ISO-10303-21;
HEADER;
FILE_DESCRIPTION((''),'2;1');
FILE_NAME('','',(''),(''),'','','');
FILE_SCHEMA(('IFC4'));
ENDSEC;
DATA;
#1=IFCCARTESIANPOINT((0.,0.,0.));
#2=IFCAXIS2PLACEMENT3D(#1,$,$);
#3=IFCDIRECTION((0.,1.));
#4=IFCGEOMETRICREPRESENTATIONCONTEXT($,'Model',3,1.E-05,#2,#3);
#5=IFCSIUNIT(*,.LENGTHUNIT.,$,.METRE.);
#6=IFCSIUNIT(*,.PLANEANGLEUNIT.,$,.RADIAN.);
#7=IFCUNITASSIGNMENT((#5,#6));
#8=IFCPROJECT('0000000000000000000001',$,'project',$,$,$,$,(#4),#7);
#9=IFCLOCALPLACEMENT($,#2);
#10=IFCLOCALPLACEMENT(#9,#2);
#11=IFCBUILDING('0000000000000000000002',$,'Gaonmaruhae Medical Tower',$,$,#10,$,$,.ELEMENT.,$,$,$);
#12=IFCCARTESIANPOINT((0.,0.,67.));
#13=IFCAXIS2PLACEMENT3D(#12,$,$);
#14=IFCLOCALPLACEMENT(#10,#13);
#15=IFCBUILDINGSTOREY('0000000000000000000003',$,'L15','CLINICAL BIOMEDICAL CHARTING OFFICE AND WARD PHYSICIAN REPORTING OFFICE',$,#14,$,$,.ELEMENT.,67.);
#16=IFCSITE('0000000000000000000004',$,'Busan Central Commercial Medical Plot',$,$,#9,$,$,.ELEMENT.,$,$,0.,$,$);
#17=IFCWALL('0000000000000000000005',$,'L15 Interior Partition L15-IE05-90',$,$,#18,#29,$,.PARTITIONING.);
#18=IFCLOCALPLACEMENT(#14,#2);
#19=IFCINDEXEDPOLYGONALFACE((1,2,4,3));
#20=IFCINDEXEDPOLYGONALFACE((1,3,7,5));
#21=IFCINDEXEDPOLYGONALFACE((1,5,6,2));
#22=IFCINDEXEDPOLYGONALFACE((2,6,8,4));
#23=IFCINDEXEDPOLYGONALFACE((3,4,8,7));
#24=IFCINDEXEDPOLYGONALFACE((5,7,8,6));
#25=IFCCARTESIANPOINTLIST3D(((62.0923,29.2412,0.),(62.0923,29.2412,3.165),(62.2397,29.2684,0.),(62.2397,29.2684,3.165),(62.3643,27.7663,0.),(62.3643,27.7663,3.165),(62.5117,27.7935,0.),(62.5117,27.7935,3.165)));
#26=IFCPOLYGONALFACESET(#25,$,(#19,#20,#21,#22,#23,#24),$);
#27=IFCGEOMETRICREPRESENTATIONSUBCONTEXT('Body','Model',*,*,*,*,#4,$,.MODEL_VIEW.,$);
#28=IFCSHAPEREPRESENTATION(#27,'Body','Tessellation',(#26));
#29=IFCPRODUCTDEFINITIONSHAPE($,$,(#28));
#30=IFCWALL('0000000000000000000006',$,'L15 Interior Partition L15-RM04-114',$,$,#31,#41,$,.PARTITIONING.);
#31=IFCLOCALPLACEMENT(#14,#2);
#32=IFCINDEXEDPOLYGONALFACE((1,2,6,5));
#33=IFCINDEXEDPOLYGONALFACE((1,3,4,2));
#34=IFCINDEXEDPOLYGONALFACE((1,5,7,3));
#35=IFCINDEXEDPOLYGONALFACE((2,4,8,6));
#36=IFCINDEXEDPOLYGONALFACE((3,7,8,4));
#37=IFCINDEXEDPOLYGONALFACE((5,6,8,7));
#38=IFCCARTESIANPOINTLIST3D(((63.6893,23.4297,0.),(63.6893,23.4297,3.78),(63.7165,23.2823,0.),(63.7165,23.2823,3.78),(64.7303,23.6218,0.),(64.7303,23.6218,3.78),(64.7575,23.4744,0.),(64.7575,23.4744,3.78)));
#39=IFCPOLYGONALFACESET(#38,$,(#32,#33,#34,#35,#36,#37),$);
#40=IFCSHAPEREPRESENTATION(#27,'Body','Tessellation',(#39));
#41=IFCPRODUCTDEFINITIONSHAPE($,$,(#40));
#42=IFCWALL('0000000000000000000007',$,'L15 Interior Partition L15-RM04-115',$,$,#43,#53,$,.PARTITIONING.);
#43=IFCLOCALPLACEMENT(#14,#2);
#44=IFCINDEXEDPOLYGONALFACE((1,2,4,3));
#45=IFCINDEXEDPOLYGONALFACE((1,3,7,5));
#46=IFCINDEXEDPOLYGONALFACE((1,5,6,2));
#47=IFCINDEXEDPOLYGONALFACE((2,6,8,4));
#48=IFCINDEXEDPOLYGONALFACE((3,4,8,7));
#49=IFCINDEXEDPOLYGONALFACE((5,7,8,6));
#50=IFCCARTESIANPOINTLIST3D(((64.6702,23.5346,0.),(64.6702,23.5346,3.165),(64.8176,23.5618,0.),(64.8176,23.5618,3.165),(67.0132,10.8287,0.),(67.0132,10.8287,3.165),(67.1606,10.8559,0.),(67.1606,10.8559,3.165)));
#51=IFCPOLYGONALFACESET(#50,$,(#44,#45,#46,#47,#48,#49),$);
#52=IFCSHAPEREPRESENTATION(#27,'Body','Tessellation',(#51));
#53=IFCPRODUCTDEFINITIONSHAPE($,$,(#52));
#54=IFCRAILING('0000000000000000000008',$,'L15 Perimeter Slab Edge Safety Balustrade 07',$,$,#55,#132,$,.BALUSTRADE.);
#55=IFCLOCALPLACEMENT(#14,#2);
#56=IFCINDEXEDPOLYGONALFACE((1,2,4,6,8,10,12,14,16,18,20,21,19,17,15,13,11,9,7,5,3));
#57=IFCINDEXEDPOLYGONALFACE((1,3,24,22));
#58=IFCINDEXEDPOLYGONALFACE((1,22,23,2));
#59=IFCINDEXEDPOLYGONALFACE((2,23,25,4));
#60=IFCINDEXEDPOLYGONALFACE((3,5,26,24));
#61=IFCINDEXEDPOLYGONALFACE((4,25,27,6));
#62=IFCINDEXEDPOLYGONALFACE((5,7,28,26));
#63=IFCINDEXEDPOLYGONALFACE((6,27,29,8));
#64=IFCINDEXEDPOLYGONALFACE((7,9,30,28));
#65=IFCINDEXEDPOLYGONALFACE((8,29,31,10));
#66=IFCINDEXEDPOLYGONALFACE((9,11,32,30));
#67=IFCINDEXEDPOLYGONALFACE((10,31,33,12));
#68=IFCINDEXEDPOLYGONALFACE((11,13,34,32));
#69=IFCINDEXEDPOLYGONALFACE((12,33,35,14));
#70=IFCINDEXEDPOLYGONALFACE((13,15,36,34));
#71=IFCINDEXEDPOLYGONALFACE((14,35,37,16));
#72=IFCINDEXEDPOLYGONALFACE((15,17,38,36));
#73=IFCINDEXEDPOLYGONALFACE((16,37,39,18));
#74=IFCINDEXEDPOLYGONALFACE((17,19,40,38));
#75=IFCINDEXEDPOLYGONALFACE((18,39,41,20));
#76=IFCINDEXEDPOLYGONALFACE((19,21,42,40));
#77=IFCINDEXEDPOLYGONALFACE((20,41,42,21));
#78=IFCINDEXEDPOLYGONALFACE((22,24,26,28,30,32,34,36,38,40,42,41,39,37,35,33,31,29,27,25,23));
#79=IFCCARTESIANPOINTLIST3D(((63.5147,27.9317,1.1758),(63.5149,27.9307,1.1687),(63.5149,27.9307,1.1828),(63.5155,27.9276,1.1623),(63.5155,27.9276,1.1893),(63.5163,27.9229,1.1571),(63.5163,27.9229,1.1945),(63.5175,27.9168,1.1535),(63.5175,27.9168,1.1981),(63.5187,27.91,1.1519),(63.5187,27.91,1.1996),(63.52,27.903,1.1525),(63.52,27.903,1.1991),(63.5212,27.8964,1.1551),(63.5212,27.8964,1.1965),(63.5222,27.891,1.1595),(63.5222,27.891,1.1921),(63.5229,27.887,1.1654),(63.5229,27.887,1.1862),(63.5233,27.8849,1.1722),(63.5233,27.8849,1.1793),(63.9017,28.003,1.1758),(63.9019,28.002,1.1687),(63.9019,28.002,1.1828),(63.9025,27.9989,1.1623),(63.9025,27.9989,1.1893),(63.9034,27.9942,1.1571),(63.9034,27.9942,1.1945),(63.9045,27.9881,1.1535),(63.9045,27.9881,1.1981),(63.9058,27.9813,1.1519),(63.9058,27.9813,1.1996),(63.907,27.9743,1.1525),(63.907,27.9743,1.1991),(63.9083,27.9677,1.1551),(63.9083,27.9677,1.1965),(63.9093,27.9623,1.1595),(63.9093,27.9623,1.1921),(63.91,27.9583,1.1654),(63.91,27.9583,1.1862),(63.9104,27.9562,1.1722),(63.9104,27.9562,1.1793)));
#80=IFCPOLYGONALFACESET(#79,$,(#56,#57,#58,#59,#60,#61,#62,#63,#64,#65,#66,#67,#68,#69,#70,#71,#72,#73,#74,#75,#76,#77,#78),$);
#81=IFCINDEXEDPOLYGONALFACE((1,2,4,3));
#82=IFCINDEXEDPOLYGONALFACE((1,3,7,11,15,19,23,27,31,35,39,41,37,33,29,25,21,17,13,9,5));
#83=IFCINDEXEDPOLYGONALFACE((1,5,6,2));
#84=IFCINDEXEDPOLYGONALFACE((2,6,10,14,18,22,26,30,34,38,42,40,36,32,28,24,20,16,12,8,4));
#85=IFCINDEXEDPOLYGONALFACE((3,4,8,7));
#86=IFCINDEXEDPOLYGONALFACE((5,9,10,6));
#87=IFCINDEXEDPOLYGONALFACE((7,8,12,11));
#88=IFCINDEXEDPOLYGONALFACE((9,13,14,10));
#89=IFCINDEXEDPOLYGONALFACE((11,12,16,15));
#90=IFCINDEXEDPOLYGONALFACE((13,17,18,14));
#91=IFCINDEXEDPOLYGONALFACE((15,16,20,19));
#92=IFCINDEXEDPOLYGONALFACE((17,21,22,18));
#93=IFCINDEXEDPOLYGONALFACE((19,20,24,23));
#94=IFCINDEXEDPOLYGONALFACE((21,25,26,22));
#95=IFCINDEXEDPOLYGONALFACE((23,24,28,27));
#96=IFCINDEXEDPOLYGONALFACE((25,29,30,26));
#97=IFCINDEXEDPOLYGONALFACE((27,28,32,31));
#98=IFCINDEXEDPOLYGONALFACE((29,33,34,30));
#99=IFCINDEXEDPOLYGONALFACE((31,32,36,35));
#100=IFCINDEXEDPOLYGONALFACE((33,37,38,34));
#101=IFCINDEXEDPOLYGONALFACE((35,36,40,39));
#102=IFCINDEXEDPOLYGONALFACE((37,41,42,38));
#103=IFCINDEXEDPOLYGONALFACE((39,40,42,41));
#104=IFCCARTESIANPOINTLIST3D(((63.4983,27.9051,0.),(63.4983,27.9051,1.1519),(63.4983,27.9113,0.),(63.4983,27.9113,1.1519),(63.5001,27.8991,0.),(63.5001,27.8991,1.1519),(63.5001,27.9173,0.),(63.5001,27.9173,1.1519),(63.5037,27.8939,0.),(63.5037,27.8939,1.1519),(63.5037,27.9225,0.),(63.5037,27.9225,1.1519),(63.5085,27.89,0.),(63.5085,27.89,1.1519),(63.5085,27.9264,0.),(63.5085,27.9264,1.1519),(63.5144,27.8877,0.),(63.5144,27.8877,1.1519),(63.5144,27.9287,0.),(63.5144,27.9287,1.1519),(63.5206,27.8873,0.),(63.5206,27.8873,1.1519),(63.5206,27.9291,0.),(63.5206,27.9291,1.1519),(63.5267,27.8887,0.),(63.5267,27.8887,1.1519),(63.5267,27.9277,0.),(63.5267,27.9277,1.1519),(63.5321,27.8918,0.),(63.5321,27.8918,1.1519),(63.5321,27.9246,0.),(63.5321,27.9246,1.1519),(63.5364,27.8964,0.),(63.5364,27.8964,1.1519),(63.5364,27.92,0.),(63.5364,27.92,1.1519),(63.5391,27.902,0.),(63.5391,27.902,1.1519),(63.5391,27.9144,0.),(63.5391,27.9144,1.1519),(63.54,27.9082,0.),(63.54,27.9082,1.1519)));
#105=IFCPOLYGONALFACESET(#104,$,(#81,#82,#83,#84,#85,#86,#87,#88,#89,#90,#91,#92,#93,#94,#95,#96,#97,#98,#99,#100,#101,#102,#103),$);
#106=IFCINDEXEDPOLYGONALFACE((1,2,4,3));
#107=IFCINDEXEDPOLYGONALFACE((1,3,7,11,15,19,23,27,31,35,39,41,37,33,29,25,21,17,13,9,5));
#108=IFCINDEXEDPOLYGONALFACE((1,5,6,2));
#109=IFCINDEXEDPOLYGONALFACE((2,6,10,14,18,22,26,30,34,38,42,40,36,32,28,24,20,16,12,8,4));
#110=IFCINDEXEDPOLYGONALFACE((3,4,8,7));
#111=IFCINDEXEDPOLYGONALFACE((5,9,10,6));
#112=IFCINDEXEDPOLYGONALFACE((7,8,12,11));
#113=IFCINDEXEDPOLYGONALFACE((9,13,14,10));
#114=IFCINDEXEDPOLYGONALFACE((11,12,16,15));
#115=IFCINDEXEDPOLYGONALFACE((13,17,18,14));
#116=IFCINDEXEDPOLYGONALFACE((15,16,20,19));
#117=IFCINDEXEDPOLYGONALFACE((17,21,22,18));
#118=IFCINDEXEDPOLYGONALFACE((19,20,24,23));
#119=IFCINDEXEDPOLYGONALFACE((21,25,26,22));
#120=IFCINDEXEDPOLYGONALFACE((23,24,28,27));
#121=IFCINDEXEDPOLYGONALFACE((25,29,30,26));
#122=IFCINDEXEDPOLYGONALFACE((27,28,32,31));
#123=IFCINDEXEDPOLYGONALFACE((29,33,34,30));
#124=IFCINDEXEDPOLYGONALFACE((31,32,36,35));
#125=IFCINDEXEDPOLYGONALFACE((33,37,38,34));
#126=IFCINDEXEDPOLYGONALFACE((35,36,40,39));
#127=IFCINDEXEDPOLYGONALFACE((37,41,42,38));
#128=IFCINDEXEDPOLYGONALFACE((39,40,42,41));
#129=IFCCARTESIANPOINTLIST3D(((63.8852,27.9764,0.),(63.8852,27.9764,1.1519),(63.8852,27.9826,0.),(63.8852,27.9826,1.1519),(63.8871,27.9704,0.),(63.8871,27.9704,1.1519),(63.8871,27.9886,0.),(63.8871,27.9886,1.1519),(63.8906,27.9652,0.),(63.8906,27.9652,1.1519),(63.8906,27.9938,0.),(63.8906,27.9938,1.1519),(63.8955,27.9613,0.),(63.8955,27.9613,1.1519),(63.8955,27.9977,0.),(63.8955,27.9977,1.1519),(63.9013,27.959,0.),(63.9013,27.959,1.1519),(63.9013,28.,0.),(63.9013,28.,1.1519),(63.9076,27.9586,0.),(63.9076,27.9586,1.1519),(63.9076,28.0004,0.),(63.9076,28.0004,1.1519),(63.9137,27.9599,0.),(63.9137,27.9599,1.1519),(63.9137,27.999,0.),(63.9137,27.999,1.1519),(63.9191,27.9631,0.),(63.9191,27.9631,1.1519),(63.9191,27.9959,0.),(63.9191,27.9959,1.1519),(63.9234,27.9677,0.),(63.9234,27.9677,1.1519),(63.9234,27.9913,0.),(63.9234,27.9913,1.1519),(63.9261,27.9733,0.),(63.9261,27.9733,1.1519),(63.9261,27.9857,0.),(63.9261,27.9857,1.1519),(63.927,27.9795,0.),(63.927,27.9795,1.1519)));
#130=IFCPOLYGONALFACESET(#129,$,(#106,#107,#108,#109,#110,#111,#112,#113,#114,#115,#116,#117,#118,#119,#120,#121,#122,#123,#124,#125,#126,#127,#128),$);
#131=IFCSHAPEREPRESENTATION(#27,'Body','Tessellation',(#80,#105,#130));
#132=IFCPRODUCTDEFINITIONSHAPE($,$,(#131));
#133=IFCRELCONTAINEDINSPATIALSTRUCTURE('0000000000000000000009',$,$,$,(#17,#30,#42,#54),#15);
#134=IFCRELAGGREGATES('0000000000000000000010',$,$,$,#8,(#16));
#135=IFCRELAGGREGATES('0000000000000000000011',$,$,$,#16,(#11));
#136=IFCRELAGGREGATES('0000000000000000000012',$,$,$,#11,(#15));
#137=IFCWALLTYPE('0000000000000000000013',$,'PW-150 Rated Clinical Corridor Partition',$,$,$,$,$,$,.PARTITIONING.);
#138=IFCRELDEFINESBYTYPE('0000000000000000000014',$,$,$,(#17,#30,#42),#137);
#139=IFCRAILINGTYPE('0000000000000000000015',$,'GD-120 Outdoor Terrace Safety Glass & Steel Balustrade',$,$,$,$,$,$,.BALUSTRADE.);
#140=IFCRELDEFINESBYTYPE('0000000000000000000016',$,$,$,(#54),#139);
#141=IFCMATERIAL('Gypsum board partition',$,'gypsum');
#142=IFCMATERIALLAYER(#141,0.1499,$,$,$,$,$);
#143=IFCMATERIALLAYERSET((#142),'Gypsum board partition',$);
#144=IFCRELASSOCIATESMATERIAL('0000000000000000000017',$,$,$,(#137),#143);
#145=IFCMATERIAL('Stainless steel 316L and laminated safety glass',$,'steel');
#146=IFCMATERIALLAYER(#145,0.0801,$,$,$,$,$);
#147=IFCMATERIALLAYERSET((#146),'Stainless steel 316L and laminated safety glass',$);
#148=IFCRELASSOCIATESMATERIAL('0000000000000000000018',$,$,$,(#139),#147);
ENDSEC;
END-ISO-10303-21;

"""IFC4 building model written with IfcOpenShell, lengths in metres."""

from ifc_helpers import new_model, si_unit, direction, frame, frame_2d, origin, origin_2d, place, context, subcontext, project, spatial, rectangle, circle, extrude, material, layer, layer_set, type_object, element, save


model = new_model("IFC4")

# Units and contexts
model_context = context("Model", 3, precision=1e-05, world=origin(), true_north=direction((0.0, 1.0)))
body_context = subcontext(model_context, "Body", "Model", "MODEL_VIEW")
ifc_project = project(units=[si_unit("LENGTHUNIT", "METRE"), si_unit("PLANEANGLEUNIT", "RADIAN")], contexts=[model_context])

# Site, building, storey
site_placement = place(None, origin())
site = spatial("IfcSite", under=ifc_project, at=site_placement, Name="Busan Central Commercial Medical Plot", CompositionType="ELEMENT", RefElevation=0.0)
building_placement = place(site_placement, origin())
building = spatial("IfcBuilding", under=site, at=building_placement, Name="Gaonmaruhae Medical Tower", CompositionType="ELEMENT")
storey_placement = place(building_placement, frame((0.0, 0.0, 67.0)))
storey = spatial("IfcBuildingStorey", under=building, at=storey_placement, Name="L15", Description="CLINICAL BIOMEDICAL CHARTING OFFICE AND WARD PHYSICIAN REPORTING OFFICE", CompositionType="ELEMENT", Elevation=67.0)

# Shared definitions
ifc_material_1 = material(Name="Gypsum board partition", Category="gypsum")
ifc_layer_1 = layer(ifc_material_1, 0.1499)
ifc_layer_set_1 = layer_set([ifc_layer_1], Name="Gypsum board partition")
wall_type_1 = type_object("IfcWallType", Name="PW-150 Rated Clinical Corridor Partition", PredefinedType="PARTITIONING", material=ifc_layer_set_1)

# Wall
wall_1_placement = place(storey_placement, frame((62.166, 29.2549, 0.0), z_axis=(0.0, 0.0, 1.0), x_axis=(0.181349, -0.983419, 0.0)))
element("IfcWall", 1, at=wall_1_placement, inside=storey, type_object=wall_type_1, Name="L15 Interior Partition L15-IE05-90", PredefinedType="PARTITIONING", context=body_context, shape_type="SweptSolid", body=[
    extrude(rectangle(XDim=1.4998, YDim=0.1499, at=frame_2d((0.75, 0.0))), origin(), (0.0, 0.0, 1.0), 3.165),
])

# Walls
wall_2_placement = place(storey_placement, frame((63.7029, 23.356, 0.0), z_axis=(0.0, 0.0, 1.0), x_axis=(0.98339, 0.181503, 0.0)))
element("IfcWall", 2, at=wall_2_placement, inside=storey, type_object=wall_type_1, Name="L15 Interior Partition L15-RM04-114", PredefinedType="PARTITIONING", context=body_context, shape_type="SweptSolid", body=[
    extrude(rectangle(XDim=1.0586, YDim=0.1499, at=frame_2d((0.5293, 0.0))), origin(), (0.0, 0.0, 1.0), 3.78),
])
wall_3_placement = place(storey_placement, frame((64.7439, 23.5481, 0.0), z_axis=(0.0, 0.0, 1.0), x_axis=(0.181344, -0.98342, 0.0)))
element("IfcWall", 3, at=wall_3_placement, inside=storey, type_object=wall_type_1, Name="L15 Interior Partition L15-RM04-115", PredefinedType="PARTITIONING", context=body_context, shape_type="SweptSolid", body=[
    extrude(rectangle(XDim=12.9202, YDim=0.1499, at=frame_2d((6.46, 0.0))), origin(), (0.0, 0.0, 1.0), 3.165),
])

# Railing
ifc_material_2 = material(Name="Stainless steel 316L and laminated safety glass", Category="steel")
ifc_layer_2 = layer(ifc_material_2, 0.0801)
ifc_layer_set_2 = layer_set([ifc_layer_2], Name="Stainless steel 316L and laminated safety glass")
railing_type = type_object("IfcRailingType", Name="GD-120 Outdoor Terrace Safety Glass & Steel Balustrade", PredefinedType="BALUSTRADE", material=ifc_layer_set_2)
railing_1_placement = place(storey_placement, frame((63.519, 27.9082, 0.0)))
element("IfcRailing", 4, at=railing_1_placement, inside=storey, type_object=railing_type, Name="L15 Perimeter Slab Edge Safety Balustrade 07", PredefinedType="BALUSTRADE", context=body_context, shape_type="SweptSolid", body=[
    extrude(circle(Radius=0.0239, at=origin_2d()), frame((0.0, 0.0, 1.1758), z_axis=(0.98345, 0.181178, 0.0), x_axis=(-0.181178, 0.98345, 0.0)), (0.0, 0.0, 1.0), 0.3936),
    extrude(circle(Radius=0.021, at=origin_2d()), origin(), (0.0, 0.0, 1.0), 1.1519),
    extrude(circle(Radius=0.021, at=origin_2d()), frame((0.387, 0.0713, 0.0)), (0.0, 0.0, 1.0), 1.1519),
])

save(model, "model.ifc")
